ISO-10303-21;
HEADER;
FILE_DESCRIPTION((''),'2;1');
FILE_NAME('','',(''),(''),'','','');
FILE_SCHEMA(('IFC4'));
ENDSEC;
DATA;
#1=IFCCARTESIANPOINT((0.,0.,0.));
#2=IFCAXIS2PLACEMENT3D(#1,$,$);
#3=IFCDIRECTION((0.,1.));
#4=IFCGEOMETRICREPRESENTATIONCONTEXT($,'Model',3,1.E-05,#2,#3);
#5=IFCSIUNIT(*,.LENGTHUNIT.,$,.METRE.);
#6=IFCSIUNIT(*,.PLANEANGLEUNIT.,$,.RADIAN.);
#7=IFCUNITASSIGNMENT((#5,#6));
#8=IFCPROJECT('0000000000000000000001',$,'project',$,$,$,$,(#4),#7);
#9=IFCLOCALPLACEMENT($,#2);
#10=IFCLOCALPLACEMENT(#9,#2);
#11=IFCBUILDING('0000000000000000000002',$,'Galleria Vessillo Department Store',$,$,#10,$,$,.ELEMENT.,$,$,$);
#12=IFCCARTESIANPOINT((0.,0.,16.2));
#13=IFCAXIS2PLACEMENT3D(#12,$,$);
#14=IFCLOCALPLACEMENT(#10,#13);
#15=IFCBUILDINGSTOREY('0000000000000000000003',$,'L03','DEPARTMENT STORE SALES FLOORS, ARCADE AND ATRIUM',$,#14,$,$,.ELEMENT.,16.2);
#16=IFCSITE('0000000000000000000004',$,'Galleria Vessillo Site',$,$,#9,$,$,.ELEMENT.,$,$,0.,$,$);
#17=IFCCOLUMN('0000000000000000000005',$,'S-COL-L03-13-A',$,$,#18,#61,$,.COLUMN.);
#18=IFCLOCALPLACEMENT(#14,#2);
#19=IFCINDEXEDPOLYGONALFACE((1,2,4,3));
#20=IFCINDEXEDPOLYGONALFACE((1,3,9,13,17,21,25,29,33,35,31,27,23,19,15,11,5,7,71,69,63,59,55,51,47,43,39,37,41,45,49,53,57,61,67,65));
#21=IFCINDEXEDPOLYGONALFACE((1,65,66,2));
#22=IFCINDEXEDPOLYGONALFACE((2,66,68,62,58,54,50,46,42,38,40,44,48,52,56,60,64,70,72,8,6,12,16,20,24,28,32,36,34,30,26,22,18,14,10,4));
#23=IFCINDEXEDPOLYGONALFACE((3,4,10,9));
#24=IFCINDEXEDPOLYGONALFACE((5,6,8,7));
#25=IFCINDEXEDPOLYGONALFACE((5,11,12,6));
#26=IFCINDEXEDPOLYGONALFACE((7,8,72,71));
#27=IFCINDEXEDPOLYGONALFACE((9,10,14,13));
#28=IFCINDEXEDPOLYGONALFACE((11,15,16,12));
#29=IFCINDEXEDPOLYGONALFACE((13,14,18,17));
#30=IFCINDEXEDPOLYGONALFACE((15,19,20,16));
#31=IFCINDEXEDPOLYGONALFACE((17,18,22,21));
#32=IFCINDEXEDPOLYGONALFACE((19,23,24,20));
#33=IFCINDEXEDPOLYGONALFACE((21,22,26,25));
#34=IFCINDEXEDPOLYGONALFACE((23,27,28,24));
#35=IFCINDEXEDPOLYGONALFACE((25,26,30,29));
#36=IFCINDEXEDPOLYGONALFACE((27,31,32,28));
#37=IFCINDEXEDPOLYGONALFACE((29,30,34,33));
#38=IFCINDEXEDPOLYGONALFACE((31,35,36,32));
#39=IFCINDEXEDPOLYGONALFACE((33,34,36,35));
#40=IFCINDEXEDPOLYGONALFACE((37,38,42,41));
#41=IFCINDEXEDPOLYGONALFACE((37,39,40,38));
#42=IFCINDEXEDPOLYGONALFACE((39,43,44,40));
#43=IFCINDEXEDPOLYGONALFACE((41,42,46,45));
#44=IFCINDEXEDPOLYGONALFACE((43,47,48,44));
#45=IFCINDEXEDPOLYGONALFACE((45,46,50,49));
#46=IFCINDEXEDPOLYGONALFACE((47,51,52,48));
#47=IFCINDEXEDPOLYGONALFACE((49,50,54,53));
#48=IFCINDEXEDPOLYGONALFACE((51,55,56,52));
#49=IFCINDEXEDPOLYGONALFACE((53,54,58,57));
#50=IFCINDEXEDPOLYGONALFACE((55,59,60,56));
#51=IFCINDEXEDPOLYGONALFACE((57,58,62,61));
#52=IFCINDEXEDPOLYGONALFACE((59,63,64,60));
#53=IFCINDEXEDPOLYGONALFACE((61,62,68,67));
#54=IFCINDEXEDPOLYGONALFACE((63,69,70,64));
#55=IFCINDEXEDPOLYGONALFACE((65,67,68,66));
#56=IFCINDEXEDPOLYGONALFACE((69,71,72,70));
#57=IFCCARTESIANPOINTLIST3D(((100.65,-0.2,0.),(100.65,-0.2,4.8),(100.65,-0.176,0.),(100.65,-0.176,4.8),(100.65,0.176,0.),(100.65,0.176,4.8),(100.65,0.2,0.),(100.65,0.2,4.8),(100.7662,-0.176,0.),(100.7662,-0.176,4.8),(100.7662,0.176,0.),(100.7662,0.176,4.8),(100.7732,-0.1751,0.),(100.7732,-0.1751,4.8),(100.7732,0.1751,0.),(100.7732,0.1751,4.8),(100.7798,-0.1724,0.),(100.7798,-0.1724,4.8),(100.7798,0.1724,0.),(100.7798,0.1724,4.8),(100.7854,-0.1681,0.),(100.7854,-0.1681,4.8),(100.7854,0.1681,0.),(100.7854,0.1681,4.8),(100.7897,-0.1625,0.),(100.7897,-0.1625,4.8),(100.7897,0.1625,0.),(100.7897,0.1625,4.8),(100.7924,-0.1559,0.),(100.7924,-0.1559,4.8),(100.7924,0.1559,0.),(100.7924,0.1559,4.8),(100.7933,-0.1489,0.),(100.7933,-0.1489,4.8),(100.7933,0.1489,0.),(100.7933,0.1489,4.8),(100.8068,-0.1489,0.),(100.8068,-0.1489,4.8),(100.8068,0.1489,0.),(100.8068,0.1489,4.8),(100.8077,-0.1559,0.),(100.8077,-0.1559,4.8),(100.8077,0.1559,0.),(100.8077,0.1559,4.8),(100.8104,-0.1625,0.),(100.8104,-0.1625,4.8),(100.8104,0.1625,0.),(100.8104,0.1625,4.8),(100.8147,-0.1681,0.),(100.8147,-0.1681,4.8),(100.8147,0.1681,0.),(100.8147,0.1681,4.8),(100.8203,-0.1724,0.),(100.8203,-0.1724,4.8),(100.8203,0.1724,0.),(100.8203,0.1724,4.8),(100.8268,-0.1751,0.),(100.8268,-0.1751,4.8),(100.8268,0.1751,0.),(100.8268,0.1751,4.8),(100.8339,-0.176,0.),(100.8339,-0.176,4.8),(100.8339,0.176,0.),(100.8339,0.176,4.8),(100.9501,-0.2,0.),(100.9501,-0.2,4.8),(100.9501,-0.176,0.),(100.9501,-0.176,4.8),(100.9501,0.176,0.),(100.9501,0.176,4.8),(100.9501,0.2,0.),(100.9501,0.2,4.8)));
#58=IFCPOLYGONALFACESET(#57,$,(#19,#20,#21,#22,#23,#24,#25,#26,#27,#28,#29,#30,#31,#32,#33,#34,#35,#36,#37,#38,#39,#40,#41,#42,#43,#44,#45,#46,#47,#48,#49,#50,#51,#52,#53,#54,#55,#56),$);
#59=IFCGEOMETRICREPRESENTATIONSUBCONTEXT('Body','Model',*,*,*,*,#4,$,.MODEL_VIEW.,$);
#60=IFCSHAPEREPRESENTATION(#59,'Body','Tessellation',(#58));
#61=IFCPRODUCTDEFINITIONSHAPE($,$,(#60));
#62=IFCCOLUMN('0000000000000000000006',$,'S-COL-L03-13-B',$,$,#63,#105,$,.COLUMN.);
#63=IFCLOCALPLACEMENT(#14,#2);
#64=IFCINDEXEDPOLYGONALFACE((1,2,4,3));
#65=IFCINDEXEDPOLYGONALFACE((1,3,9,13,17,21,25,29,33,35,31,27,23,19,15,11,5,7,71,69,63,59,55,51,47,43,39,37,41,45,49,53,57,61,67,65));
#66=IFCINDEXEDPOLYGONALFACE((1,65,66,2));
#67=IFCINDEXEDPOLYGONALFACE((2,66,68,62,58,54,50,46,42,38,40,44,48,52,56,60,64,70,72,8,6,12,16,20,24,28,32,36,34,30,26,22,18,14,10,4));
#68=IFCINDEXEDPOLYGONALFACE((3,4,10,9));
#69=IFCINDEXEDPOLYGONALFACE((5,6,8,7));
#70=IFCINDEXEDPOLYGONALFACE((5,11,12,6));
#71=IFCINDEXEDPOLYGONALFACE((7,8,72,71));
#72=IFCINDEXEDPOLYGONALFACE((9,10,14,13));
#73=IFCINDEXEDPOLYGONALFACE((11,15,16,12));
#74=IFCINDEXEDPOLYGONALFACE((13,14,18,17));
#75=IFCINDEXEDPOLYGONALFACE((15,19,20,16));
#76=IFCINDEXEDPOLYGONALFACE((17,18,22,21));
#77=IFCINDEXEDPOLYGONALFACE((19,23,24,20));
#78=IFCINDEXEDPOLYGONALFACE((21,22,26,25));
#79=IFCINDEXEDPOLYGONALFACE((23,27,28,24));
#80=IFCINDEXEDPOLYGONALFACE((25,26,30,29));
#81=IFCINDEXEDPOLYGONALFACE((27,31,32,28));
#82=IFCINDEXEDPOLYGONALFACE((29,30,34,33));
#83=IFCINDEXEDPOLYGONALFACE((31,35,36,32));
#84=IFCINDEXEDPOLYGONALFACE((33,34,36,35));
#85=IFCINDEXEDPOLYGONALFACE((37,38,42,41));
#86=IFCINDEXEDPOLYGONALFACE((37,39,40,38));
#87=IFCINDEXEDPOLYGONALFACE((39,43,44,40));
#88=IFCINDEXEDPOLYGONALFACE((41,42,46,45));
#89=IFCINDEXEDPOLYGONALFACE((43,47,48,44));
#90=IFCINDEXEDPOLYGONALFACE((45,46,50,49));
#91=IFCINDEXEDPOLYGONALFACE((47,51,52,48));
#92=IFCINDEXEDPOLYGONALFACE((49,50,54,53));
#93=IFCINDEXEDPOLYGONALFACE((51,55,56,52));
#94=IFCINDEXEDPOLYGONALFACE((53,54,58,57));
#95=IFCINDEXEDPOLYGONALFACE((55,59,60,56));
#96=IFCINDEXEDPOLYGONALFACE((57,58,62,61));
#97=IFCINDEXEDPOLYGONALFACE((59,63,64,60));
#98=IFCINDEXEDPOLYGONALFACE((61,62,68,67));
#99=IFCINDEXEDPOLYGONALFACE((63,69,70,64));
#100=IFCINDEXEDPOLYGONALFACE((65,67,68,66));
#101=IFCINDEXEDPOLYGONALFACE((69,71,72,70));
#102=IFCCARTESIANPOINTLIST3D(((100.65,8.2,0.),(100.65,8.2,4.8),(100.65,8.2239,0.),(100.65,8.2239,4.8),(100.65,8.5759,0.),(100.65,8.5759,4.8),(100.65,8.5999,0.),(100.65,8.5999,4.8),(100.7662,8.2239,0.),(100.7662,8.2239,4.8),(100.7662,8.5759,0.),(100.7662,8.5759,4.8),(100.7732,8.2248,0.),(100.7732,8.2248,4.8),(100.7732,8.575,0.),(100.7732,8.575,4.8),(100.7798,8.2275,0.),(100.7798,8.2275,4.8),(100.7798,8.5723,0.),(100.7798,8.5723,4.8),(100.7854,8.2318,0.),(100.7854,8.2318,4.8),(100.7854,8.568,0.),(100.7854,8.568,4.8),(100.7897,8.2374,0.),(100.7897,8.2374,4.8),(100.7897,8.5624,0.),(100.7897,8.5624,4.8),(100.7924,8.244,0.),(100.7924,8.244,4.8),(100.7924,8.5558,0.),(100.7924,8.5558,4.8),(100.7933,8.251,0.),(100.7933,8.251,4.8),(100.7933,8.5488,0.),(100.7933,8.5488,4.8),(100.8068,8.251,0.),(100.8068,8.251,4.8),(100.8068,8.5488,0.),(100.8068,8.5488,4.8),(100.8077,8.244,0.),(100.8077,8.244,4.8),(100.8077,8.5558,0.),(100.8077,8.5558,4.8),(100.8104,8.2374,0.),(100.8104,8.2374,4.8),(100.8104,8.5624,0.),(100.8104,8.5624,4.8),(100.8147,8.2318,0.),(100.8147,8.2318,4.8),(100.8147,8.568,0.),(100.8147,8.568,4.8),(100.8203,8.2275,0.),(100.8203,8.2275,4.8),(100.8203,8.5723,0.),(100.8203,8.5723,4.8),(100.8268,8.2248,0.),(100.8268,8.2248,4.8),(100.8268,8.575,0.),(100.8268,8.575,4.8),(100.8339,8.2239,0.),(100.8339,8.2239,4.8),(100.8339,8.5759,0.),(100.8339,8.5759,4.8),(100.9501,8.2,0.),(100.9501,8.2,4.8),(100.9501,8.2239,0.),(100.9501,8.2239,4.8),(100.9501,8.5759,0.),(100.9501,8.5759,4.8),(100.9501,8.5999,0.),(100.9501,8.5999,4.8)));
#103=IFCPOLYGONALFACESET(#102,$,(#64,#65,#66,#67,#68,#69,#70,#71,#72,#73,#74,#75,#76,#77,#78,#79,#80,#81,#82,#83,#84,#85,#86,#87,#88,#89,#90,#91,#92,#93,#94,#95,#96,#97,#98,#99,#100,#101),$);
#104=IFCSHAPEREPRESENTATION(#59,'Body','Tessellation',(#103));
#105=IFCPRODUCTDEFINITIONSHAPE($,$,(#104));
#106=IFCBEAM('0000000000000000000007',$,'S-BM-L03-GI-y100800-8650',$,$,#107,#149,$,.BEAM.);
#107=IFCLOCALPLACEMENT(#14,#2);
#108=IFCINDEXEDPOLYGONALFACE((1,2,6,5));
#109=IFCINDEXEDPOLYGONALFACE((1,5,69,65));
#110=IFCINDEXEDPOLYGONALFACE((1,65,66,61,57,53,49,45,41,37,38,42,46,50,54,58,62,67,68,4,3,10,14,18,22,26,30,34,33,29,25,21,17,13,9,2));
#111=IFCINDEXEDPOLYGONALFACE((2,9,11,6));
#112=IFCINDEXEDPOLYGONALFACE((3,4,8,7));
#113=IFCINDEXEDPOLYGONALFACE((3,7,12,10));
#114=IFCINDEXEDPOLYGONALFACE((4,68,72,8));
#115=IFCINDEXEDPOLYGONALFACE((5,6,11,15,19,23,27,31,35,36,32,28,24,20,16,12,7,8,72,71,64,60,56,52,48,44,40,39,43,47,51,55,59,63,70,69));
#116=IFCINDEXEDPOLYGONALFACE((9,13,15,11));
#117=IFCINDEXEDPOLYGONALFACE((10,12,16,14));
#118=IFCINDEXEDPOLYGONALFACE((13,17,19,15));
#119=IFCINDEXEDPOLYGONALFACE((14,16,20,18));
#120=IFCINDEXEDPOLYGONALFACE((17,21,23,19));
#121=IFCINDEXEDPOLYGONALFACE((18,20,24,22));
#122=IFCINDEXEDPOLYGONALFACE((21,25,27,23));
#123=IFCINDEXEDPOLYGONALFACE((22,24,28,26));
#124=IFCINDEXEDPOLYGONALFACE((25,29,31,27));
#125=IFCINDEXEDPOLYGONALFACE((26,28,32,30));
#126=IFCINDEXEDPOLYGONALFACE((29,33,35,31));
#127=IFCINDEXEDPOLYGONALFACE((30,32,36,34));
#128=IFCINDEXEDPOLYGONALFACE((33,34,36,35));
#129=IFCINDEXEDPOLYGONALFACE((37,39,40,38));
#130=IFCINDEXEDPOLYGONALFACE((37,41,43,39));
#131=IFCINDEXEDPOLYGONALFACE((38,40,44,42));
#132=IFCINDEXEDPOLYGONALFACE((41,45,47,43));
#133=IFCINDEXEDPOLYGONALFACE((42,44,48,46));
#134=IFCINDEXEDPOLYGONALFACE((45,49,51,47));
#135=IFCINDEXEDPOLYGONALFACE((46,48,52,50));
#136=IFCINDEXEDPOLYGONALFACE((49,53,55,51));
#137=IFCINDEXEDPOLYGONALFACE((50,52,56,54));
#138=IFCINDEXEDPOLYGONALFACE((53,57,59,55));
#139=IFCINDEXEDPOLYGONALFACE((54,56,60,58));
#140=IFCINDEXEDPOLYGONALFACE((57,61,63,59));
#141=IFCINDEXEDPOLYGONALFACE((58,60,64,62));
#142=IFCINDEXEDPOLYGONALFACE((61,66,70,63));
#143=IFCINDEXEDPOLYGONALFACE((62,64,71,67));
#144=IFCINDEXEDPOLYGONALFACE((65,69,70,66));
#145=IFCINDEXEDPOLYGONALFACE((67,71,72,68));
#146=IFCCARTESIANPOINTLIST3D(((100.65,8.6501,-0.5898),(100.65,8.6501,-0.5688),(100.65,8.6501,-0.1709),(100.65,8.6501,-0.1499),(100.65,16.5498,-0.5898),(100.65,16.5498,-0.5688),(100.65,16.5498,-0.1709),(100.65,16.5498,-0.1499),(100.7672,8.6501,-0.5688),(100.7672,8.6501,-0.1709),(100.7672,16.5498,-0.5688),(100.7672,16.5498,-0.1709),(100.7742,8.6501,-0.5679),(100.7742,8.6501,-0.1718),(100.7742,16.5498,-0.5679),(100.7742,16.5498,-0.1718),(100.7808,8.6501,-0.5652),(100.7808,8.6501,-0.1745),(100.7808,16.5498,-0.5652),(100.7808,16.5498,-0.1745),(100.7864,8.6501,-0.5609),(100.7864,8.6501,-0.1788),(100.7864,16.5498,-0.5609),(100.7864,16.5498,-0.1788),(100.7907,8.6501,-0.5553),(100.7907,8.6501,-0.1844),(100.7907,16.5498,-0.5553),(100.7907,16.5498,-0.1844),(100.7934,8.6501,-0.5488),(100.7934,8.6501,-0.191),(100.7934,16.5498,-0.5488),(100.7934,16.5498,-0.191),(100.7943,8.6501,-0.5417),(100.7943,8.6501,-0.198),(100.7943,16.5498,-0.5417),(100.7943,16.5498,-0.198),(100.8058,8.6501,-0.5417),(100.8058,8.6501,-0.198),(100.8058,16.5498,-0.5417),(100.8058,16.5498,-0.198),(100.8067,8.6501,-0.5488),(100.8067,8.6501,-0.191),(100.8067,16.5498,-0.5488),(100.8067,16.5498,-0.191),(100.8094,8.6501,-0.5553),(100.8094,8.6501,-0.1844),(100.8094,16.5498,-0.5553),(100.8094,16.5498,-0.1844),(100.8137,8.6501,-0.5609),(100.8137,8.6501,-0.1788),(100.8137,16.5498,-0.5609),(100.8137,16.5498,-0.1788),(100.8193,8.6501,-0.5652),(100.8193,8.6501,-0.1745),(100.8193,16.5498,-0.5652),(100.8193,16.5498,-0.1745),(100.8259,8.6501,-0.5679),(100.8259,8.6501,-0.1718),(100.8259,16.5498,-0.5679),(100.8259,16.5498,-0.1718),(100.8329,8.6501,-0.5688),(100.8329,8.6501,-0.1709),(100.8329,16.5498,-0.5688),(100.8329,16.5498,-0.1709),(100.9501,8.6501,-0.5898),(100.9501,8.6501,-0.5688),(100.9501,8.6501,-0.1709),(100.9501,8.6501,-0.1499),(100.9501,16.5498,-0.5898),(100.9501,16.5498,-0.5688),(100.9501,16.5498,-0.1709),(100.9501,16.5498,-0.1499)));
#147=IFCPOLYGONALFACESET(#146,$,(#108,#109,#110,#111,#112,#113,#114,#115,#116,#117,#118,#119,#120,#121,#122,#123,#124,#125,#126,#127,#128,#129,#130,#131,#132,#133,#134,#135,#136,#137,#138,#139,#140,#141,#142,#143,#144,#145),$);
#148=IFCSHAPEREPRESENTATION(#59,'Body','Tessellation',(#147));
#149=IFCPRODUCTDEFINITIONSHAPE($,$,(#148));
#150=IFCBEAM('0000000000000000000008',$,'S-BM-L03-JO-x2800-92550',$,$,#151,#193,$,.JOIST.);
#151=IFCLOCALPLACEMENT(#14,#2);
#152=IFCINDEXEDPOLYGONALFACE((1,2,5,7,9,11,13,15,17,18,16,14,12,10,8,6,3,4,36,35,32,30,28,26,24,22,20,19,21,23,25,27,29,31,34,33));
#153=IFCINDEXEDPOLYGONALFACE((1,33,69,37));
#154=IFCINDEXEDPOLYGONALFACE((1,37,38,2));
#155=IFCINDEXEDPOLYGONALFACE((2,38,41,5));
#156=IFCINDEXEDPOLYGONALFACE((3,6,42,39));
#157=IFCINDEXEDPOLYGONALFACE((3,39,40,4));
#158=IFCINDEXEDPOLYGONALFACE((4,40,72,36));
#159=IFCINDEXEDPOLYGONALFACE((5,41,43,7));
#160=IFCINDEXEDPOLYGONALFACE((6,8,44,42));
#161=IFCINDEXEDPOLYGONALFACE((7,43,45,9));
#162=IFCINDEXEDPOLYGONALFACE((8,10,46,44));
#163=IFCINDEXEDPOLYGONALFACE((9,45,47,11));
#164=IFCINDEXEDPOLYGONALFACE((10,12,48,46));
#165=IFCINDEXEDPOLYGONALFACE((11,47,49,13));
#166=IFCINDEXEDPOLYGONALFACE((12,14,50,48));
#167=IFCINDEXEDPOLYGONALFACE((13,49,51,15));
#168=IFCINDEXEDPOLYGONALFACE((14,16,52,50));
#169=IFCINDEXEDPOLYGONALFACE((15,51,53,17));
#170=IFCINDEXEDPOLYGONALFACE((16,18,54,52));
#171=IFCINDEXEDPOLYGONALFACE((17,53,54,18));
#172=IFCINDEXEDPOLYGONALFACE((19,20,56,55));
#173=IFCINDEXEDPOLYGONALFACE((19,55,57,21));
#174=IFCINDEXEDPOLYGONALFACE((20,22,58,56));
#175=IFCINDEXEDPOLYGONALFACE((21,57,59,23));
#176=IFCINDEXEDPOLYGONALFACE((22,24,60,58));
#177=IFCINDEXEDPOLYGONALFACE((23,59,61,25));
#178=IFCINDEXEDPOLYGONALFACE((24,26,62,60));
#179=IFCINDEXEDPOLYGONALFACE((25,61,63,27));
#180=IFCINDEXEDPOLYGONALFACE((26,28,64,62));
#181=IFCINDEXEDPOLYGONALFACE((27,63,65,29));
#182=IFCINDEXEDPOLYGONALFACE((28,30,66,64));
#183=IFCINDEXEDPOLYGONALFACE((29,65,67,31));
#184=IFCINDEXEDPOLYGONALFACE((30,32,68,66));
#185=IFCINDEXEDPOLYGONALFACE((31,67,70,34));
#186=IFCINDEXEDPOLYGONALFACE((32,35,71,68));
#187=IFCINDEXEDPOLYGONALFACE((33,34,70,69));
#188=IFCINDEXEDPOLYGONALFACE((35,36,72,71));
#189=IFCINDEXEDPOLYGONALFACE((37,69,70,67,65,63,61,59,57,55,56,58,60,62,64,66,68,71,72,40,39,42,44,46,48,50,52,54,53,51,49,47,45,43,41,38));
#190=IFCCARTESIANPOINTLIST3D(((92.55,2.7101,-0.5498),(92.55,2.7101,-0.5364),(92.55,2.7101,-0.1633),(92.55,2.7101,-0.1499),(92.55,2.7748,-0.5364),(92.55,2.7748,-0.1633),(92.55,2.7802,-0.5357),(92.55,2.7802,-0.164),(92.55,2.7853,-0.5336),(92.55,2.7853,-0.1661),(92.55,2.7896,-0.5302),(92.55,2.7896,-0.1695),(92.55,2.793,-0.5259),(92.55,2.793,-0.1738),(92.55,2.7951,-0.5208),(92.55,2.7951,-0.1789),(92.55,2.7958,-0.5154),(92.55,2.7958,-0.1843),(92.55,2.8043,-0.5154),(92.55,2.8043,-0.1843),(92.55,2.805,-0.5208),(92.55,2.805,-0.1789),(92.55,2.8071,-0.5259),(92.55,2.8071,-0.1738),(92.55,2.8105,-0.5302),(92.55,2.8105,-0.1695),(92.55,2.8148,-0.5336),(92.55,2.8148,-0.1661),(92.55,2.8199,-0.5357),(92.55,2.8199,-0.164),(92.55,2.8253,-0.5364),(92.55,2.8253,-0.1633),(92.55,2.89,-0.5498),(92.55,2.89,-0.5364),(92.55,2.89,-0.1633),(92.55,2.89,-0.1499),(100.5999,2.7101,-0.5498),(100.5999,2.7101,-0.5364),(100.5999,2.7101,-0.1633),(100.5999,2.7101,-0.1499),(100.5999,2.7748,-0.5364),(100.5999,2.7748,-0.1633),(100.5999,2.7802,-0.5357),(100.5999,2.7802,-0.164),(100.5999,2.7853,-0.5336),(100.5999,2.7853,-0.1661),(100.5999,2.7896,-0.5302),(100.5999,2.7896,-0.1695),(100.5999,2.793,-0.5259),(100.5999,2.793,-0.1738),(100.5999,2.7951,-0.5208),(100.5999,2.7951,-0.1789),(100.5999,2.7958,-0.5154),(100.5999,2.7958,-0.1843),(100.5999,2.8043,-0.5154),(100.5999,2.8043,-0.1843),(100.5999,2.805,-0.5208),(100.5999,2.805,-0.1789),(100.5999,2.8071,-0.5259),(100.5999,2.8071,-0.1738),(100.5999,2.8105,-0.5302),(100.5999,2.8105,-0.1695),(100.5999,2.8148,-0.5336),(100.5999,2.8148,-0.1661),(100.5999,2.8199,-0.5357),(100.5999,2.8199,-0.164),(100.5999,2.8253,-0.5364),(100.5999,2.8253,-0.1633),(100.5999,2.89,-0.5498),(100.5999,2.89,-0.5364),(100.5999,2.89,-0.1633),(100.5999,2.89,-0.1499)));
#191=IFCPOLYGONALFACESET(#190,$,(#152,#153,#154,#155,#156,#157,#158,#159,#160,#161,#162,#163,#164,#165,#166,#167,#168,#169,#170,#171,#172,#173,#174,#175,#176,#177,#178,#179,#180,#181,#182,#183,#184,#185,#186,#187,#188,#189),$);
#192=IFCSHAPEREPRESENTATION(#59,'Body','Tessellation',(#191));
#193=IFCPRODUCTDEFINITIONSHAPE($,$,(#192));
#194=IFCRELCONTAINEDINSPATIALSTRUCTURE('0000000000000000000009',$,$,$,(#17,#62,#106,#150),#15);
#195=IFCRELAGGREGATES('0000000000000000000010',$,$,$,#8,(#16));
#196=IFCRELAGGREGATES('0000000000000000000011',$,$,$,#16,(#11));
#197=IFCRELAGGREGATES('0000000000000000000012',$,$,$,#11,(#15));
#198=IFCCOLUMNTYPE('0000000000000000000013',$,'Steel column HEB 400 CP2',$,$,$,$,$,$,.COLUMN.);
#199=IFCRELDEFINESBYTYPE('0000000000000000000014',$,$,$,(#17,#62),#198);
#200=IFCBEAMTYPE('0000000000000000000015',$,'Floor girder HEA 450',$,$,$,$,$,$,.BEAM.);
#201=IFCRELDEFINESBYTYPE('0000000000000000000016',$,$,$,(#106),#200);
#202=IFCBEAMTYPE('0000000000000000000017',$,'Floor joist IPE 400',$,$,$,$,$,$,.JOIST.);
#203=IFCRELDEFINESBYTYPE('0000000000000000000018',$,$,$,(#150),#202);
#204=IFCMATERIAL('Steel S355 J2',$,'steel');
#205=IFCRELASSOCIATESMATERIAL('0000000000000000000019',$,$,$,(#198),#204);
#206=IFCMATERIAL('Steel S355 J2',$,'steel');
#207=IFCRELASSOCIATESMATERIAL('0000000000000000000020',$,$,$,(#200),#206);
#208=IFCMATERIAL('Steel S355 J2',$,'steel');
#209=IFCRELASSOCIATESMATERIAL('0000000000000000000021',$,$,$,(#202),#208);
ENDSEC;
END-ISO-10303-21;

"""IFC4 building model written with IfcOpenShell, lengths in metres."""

from ifc_helpers import new_model, si_unit, direction, frame, origin, origin_2d, place, context, subcontext, project, spatial, i_section, extrude, material, material_profile, profile_set, type_object, element, save


model = new_model("IFC4")

# Units and contexts
model_context = context("Model", 3, precision=1e-05, world=origin(), true_north=direction((0.0, 1.0)))
body_context = subcontext(model_context, "Body", "Model", "MODEL_VIEW")
ifc_project = project(units=[si_unit("LENGTHUNIT", "METRE"), si_unit("PLANEANGLEUNIT", "RADIAN")], contexts=[model_context])

# Site, building, storey
site_placement = place(None, origin())
site = spatial("IfcSite", under=ifc_project, at=site_placement, Name="Galleria Vessillo Site", CompositionType="ELEMENT", RefElevation=0.0)
building_placement = place(site_placement, origin())
building = spatial("IfcBuilding", under=site, at=building_placement, Name="Galleria Vessillo Department Store", CompositionType="ELEMENT")
storey_placement = place(building_placement, frame((0.0, 0.0, 16.2)))
storey = spatial("IfcBuildingStorey", under=building, at=storey_placement, Name="L03", Description="DEPARTMENT STORE SALES FLOORS, ARCADE AND ATRIUM", CompositionType="ELEMENT", Elevation=16.2)

# Columns
ifc_material_1 = material(Name="Steel S355 J2", Category="steel")
ifc_material_profile_1 = material_profile(ifc_material_1, i_section(OverallWidth=0.3, OverallDepth=0.3999, WebThickness=0.0134, FlangeThickness=0.0239, FilletRadius=0.0271, at=origin_2d()), Name="HEB 400")
ifc_profile_set_1 = profile_set([ifc_material_profile_1], Name="Steel S355 J2")
column_type = type_object("IfcColumnType", Name="Steel column HEB 400 CP2", PredefinedType="COLUMN", material=ifc_profile_set_1)
for number, where, z_axis, x_axis, name in (
    (1, (100.8, 0.0, 0.0), (0.0, 0.0, 1.0), (1.0, 0.0, 0.0), "S-COL-L03-13-A"),
    (2, (100.8, 8.3999, 0.0), (0.0, 0.0, 1.0), (1.0, 0.0, 0.0), "S-COL-L03-13-B"),
):
    element("IfcColumn", number, at=place(storey_placement, frame(where, z_axis=z_axis, x_axis=x_axis)), inside=storey, type_object=column_type, Name=name, PredefinedType="COLUMN", context=body_context, shape_type="SweptSolid", body=[
        extrude(i_section(OverallWidth=0.3, OverallDepth=0.3999, WebThickness=0.0134, FlangeThickness=0.0239, FilletRadius=0.0271, at=origin_2d()), origin(), (0.0, 0.0, 1.0), 4.8),
    ])

# Beams
ifc_material_2 = material(Name="Steel S355 J2", Category="steel")
ifc_material_profile_2 = material_profile(ifc_material_2, i_section(OverallWidth=0.3, OverallDepth=0.4399, WebThickness=0.0115, FlangeThickness=0.021, FilletRadius=0.0271, at=origin_2d()), Name="HEA 450")
ifc_profile_set_2 = profile_set([ifc_material_profile_2], Name="Steel S355 J2")
beam_type_1 = type_object("IfcBeamType", Name="Floor girder HEA 450", PredefinedType="BEAM", material=ifc_profile_set_2)
beam_1_placement = place(storey_placement, frame((100.8, 8.6501, -0.3699), z_axis=(0.0, 1.0, 0.0), x_axis=(-1.0, 0.0, 0.0)))
element("IfcBeam", 3, at=beam_1_placement, inside=storey, type_object=beam_type_1, Name="S-BM-L03-GI-y100800-8650", PredefinedType="BEAM", context=body_context, shape_type="SweptSolid", body=[
    extrude(i_section(OverallWidth=0.3, OverallDepth=0.4399, WebThickness=0.0115, FlangeThickness=0.021, FilletRadius=0.0271, at=origin_2d()), origin(), (0.0, 0.0, 1.0), 7.8997),
])
ifc_material_3 = material(Name="Steel S355 J2", Category="steel")
ifc_material_profile_3 = material_profile(ifc_material_3, i_section(OverallWidth=0.1799, OverallDepth=0.3999, WebThickness=0.0085, FlangeThickness=0.0134, FilletRadius=0.021, at=origin_2d()), Name="IPE 400")
ifc_profile_set_3 = profile_set([ifc_material_profile_3], Name="Steel S355 J2")
beam_type_2 = type_object("IfcBeamType", Name="Floor joist IPE 400", PredefinedType="JOIST", material=ifc_profile_set_3)
for number, where, z_axis, x_axis, name in (
    (4, (92.55, 2.8, -0.3499), (1.0, 0.0, 0.0), (0.0, 1.0, 0.0), "S-BM-L03-JO-x2800-92550"),
):
    element("IfcBeam", number, at=place(storey_placement, frame(where, z_axis=z_axis, x_axis=x_axis)), inside=storey, type_object=beam_type_2, Name=name, PredefinedType="JOIST", context=body_context, shape_type="SweptSolid", body=[
        extrude(i_section(OverallWidth=0.1799, OverallDepth=0.3999, WebThickness=0.0085, FlangeThickness=0.0134, FilletRadius=0.021, at=origin_2d()), origin(), (0.0, 0.0, 1.0), 8.0498),
    ])

save(model, "model.ifc")
